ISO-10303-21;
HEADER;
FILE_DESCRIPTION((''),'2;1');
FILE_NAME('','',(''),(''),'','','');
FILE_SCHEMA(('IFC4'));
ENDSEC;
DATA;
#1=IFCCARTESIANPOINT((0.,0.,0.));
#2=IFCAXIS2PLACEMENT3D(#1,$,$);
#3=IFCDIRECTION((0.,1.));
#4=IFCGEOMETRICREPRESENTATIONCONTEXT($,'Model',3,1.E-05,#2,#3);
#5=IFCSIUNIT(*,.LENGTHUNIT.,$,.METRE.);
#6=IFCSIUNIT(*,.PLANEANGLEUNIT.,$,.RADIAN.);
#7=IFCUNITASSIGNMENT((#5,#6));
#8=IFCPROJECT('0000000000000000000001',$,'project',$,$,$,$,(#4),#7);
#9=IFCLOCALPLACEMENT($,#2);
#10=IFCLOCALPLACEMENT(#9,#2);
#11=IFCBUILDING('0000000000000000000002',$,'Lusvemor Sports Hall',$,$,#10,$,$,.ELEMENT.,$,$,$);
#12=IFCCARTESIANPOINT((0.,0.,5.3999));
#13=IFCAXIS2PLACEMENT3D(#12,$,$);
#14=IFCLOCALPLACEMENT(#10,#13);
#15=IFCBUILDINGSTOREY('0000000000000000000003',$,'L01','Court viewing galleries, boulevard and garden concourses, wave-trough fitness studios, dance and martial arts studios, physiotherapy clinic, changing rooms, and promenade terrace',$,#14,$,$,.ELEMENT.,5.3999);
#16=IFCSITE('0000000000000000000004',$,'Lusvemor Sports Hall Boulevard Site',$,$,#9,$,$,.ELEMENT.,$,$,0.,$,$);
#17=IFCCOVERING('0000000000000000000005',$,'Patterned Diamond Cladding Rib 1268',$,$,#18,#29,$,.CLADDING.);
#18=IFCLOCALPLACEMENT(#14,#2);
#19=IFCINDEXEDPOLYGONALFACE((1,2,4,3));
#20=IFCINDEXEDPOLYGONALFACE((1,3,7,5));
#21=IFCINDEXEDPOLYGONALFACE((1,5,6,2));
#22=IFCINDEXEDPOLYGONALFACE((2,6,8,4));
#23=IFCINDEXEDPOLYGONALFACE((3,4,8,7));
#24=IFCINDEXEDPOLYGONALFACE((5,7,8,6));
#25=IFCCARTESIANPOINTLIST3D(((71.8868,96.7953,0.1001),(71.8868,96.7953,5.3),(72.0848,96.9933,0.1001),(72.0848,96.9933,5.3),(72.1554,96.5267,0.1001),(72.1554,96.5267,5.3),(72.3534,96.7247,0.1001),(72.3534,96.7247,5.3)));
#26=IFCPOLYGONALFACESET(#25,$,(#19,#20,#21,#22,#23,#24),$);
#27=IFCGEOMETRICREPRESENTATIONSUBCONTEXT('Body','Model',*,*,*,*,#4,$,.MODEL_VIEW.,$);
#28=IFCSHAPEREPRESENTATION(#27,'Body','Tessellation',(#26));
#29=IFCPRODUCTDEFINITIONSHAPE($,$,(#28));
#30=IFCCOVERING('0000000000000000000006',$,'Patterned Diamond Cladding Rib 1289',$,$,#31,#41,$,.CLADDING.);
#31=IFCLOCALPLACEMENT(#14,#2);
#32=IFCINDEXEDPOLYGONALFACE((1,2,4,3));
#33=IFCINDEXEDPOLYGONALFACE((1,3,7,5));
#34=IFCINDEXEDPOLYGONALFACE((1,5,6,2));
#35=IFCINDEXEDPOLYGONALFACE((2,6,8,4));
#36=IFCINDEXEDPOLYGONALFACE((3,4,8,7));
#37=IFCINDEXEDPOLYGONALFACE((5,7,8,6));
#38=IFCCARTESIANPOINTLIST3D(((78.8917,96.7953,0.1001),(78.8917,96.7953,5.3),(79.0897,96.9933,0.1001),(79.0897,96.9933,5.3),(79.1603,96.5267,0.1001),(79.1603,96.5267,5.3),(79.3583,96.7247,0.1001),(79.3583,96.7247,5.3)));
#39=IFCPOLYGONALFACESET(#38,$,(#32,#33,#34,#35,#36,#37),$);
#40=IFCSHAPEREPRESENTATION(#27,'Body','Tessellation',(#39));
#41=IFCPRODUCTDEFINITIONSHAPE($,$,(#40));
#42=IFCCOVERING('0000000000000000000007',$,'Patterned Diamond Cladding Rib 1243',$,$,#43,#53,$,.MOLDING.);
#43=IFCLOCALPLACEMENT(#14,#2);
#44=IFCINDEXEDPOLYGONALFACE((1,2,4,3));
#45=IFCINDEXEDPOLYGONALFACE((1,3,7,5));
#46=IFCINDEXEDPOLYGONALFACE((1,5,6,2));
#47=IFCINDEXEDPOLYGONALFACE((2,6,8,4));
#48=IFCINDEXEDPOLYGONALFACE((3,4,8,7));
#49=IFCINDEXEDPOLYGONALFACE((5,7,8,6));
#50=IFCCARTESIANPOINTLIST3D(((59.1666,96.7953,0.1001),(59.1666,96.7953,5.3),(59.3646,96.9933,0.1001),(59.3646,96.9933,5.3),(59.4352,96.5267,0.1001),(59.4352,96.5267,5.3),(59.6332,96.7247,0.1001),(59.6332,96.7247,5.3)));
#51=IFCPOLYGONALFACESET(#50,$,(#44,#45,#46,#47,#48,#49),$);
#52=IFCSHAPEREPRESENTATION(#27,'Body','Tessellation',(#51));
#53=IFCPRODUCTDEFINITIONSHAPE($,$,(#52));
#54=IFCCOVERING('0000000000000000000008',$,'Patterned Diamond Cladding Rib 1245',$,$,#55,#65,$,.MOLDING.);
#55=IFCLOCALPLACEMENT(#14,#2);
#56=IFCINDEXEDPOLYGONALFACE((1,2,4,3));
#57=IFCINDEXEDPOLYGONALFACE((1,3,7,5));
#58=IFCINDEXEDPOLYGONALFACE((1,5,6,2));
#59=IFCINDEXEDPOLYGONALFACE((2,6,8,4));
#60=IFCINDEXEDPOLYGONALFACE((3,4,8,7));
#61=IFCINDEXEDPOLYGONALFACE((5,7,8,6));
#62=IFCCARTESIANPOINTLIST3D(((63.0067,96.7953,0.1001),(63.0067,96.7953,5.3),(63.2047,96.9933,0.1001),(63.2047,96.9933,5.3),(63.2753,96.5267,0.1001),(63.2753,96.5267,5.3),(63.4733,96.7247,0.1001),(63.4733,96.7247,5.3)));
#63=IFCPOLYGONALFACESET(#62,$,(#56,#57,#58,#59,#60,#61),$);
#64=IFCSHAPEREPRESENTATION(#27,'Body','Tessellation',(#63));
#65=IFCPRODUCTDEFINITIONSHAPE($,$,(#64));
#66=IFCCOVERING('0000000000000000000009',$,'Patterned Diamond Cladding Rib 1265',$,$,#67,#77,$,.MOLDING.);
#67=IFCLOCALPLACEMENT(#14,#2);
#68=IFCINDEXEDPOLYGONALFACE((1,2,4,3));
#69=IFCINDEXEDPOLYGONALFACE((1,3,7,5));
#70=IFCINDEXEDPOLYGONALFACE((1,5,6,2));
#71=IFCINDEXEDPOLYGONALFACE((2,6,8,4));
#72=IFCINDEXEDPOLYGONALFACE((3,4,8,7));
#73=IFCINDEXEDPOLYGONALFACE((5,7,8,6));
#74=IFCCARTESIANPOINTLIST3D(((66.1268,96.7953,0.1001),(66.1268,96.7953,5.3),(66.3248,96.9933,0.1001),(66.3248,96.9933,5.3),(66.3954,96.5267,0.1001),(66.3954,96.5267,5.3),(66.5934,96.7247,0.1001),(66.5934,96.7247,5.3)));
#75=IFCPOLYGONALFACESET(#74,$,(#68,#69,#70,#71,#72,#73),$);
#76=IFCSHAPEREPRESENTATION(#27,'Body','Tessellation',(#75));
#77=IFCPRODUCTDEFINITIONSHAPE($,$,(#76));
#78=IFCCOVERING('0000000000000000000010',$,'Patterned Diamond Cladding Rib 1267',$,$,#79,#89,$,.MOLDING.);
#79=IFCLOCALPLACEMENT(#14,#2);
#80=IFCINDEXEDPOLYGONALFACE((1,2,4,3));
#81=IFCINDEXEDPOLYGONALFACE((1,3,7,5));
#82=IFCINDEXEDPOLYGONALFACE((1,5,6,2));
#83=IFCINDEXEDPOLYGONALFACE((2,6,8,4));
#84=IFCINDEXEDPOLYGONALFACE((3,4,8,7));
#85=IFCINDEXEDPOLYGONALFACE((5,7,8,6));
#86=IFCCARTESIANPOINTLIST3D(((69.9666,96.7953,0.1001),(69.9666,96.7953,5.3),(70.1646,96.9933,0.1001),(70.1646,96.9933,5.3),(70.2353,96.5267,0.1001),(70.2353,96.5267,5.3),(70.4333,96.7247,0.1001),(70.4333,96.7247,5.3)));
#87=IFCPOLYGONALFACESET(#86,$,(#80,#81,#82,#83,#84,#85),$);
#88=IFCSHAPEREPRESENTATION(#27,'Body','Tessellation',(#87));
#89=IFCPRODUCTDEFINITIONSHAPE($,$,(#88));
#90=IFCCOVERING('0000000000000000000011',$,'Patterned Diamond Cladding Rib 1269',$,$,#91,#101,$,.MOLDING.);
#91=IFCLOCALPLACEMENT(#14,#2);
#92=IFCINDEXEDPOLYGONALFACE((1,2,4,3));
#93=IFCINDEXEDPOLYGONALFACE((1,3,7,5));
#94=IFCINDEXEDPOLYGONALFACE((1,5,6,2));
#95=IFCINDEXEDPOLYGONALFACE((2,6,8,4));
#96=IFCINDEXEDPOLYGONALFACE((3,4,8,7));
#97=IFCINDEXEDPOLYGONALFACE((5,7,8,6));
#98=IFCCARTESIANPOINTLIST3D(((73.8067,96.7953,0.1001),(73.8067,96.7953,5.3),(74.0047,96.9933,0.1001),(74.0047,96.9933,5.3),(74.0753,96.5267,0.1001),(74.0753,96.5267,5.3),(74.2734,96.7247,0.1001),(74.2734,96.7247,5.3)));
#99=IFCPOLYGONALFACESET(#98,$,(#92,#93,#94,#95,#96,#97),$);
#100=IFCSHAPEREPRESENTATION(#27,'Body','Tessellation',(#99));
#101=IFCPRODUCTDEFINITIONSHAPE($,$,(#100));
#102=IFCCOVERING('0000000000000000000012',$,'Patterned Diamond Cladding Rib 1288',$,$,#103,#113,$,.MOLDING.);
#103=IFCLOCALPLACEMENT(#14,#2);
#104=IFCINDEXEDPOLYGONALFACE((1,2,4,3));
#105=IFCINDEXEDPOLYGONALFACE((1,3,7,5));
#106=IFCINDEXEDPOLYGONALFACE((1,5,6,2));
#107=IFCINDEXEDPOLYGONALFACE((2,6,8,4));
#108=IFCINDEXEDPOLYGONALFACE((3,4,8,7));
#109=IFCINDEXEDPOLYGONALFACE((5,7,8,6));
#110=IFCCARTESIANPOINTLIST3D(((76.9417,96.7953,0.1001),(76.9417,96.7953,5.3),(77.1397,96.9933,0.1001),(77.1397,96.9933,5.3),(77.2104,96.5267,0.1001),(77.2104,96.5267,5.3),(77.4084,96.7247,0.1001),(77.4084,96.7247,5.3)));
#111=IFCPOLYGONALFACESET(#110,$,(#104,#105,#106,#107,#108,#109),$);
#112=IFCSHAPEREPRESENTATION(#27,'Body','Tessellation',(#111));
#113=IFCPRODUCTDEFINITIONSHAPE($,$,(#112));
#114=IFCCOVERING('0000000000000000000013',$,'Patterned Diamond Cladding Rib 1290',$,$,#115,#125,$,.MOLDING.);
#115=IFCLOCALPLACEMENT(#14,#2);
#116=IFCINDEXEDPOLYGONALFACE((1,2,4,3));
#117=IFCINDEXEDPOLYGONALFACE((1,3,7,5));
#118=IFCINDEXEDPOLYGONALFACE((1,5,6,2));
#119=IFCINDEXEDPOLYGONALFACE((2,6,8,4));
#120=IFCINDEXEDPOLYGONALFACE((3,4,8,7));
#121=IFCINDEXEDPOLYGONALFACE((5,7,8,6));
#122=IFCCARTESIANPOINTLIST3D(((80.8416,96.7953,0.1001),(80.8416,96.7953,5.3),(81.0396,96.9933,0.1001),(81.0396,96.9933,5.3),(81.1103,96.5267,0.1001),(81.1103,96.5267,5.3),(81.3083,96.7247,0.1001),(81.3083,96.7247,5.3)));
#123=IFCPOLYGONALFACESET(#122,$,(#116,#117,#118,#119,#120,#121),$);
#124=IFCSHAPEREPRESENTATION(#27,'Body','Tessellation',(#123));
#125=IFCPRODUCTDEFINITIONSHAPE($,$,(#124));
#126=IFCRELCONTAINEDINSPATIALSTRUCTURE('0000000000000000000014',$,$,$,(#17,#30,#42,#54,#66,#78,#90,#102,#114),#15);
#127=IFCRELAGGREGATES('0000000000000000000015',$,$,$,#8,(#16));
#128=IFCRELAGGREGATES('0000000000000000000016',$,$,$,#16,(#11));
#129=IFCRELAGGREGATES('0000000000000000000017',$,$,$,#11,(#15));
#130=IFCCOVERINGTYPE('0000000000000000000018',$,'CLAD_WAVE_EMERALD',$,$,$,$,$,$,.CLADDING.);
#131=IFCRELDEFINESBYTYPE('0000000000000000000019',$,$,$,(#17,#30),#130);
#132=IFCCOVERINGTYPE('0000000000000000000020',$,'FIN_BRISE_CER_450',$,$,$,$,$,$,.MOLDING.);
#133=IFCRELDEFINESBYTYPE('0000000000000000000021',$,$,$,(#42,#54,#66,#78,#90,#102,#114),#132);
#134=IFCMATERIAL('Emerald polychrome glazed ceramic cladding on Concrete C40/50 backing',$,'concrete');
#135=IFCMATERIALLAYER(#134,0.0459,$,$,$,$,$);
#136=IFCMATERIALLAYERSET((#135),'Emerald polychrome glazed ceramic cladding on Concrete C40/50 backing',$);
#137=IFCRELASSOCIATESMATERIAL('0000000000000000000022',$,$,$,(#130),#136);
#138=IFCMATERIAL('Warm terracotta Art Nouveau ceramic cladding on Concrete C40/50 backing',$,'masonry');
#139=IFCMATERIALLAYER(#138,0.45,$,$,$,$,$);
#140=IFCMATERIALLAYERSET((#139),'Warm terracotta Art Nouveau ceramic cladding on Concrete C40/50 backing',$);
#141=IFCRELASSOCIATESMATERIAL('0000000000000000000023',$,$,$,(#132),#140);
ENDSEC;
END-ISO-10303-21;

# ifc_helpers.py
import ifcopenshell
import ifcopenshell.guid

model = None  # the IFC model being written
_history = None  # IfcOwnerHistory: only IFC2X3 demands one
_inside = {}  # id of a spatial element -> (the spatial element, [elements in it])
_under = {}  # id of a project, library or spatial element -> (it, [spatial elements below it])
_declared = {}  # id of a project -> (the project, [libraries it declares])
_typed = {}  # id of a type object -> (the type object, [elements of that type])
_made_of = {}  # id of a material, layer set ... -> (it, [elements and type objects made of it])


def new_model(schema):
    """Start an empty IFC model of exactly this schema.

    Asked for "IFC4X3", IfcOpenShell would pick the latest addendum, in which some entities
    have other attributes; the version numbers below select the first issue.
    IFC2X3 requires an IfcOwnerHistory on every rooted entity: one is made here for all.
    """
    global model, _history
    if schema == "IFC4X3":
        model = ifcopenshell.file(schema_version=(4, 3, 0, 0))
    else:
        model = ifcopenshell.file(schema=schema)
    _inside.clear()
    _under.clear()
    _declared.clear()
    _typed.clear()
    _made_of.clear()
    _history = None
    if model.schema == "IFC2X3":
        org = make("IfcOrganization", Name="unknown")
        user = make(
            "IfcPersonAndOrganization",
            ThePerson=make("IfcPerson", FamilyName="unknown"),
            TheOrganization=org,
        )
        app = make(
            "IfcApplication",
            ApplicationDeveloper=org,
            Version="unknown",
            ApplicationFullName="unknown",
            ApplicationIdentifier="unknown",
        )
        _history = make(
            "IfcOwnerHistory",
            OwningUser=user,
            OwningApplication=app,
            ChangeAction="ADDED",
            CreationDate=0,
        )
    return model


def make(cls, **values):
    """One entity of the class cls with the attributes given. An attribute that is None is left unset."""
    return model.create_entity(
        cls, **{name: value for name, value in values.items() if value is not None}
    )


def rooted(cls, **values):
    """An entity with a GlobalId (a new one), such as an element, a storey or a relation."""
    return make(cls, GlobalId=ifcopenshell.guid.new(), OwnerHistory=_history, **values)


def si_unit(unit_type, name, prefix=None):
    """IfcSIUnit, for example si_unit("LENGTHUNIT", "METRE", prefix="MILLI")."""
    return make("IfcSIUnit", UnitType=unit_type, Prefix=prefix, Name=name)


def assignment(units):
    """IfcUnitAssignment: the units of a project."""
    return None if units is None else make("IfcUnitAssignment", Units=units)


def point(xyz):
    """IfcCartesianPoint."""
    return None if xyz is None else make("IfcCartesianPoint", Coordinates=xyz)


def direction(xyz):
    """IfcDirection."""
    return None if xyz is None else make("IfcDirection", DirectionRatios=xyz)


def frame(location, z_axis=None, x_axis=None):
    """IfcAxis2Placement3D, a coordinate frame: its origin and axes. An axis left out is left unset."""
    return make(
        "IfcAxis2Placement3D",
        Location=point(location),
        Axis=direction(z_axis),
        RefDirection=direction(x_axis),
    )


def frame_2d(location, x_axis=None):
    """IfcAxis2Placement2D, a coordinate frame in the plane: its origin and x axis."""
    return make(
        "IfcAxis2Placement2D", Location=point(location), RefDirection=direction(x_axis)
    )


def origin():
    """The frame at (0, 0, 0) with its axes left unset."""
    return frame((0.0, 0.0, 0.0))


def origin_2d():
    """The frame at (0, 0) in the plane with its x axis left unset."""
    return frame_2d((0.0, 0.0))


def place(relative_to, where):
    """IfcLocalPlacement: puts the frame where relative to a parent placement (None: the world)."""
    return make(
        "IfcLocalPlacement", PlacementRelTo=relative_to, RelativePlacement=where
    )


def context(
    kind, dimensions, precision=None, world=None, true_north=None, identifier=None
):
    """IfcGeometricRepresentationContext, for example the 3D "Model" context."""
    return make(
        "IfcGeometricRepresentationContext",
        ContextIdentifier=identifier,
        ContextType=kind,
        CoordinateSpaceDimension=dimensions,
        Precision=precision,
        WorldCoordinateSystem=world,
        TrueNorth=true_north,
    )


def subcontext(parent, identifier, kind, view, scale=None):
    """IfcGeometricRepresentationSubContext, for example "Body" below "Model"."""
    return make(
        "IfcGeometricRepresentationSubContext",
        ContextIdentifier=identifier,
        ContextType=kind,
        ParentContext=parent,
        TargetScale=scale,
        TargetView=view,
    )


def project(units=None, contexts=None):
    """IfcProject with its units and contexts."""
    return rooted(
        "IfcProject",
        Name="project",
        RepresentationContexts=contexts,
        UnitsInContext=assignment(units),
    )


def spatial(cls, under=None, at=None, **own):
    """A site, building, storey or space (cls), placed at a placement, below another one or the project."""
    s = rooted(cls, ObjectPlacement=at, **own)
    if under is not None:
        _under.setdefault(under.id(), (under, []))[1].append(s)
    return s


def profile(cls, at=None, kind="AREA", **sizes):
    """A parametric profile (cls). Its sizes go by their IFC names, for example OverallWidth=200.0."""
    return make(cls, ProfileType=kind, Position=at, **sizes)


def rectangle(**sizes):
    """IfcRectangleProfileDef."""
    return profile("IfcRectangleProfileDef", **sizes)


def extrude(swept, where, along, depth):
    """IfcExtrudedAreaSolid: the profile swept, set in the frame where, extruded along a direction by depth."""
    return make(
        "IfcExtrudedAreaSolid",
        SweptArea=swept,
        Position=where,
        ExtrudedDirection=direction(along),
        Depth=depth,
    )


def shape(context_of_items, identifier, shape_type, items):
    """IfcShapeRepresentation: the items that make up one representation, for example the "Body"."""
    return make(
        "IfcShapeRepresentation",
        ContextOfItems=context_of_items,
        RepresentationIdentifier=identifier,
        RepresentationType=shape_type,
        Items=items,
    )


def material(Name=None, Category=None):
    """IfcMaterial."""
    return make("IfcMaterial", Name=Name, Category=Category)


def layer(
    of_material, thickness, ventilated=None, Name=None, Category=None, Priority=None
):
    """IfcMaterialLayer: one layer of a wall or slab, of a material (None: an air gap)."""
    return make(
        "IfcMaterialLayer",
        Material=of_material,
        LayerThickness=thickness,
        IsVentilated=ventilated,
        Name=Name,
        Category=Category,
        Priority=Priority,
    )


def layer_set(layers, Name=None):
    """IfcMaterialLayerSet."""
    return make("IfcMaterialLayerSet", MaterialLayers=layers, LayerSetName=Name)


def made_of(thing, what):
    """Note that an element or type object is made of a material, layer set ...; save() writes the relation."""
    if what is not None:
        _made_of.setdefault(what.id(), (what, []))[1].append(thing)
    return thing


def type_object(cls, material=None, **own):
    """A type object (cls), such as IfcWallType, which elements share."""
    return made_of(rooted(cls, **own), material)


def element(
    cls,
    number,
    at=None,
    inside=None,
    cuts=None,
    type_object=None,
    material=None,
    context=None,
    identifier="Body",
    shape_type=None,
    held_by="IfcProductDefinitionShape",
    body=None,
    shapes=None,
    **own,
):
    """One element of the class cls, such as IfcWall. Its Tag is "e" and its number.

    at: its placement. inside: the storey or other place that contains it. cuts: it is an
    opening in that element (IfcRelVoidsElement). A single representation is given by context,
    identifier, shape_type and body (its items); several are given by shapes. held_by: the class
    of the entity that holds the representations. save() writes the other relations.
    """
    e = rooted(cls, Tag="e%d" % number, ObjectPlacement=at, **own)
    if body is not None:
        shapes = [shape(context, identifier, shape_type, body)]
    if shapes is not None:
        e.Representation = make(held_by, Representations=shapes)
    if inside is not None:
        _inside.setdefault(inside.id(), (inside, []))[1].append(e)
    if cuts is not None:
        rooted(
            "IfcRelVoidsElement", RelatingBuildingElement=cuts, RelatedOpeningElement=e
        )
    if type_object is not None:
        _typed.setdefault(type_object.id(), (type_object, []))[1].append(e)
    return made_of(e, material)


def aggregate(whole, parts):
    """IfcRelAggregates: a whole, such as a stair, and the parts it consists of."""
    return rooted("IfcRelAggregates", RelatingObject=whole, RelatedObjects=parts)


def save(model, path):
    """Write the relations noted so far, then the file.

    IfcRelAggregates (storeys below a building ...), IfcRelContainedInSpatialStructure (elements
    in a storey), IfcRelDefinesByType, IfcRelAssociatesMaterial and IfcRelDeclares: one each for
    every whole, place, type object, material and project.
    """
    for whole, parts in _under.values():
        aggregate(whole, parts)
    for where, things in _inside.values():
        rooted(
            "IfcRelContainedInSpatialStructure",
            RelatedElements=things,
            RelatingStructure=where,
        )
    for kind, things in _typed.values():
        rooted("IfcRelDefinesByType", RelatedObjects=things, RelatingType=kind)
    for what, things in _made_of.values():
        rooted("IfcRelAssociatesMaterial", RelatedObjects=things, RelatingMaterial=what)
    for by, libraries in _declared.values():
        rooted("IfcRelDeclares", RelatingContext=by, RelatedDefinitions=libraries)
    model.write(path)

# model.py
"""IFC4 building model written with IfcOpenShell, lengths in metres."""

from ifc_helpers import new_model, si_unit, direction, frame, origin, origin_2d, place, context, subcontext, project, spatial, rectangle, extrude, material, layer, layer_set, type_object, element, save


model = new_model("IFC4")

# Units and contexts
model_context = context("Model", 3, precision=1e-05, world=origin(), true_north=direction((0.0, 1.0)))
body_context = subcontext(model_context, "Body", "Model", "MODEL_VIEW")
ifc_project = project(units=[si_unit("LENGTHUNIT", "METRE"), si_unit("PLANEANGLEUNIT", "RADIAN")], contexts=[model_context])

# Site, building, storey
site_placement = place(None, origin())
site = spatial("IfcSite", under=ifc_project, at=site_placement, Name="Lusvemor Sports Hall Boulevard Site", CompositionType="ELEMENT", RefElevation=0.0)
building_placement = place(site_placement, origin())
building = spatial("IfcBuilding", under=site, at=building_placement, Name="Lusvemor Sports Hall", CompositionType="ELEMENT")
storey_placement = place(building_placement, frame((0.0, 0.0, 5.3999)))
storey = spatial("IfcBuildingStorey", under=building, at=storey_placement, Name="L01", Description="Court viewing galleries, boulevard and garden concourses, wave-trough fitness studios, dance and martial arts studios, physiotherapy clinic, changing rooms, and promenade terrace", CompositionType="ELEMENT", Elevation=5.3999)

# Coverings
ifc_material_1 = material(Name="Emerald polychrome glazed ceramic cladding on Concrete C40/50 backing", Category="concrete")
ifc_layer_1 = layer(ifc_material_1, 0.0459)
ifc_layer_set_1 = layer_set([ifc_layer_1], Name="Emerald polychrome glazed ceramic cladding on Concrete C40/50 backing")
covering_type_1 = type_object("IfcCoveringType", Name="CLAD_WAVE_EMERALD", PredefinedType="CLADDING", material=ifc_layer_set_1)
for number, where, z_axis, x_axis, name in (
    (1, (72.1201, 96.76, 0.1001), (0.0, 0.0, 1.0), (0.707107, 0.707107, 0.0), "Patterned Diamond Cladding Rib 1268"),
    (2, (79.125, 96.76, 0.1001), (0.0, 0.0, 1.0), (0.707107, 0.707107, 0.0), "Patterned Diamond Cladding Rib 1289"),
):
    element("IfcCovering", number, at=place(storey_placement, frame(where, z_axis=z_axis, x_axis=x_axis)), inside=storey, type_object=covering_type_1, Name=name, PredefinedType="CLADDING", context=body_context, shape_type="SweptSolid", body=[
        extrude(rectangle(XDim=0.28, YDim=0.3799, at=origin_2d()), origin(), (0.0, 0.0, 1.0), 5.2),
    ])
ifc_material_2 = material(Name="Warm terracotta Art Nouveau ceramic cladding on Concrete C40/50 backing", Category="masonry")
ifc_layer_2 = layer(ifc_material_2, 0.45)
ifc_layer_set_2 = layer_set([ifc_layer_2], Name="Warm terracotta Art Nouveau ceramic cladding on Concrete C40/50 backing")
covering_type_2 = type_object("IfcCoveringType", Name="FIN_BRISE_CER_450", PredefinedType="MOLDING", material=ifc_layer_set_2)
for number, where, z_axis, x_axis, name in (
    (3, (59.3999, 96.76, 0.1001), (0.0, 0.0, 1.0), (0.707107, 0.707107, 0.0), "Patterned Diamond Cladding Rib 1243"),
    (4, (63.24, 96.76, 0.1001), (0.0, 0.0, 1.0), (0.707107, 0.707107, 0.0), "Patterned Diamond Cladding Rib 1245"),
    (5, (66.3601, 96.76, 0.1001), (0.0, 0.0, 1.0), (0.707107, 0.707107, 0.0), "Patterned Diamond Cladding Rib 1265"),
    (6, (70.2, 96.76, 0.1001), (0.0, 0.0, 1.0), (0.707107, 0.707107, 0.0), "Patterned Diamond Cladding Rib 1267"),
    (7, (74.04, 96.76, 0.1001), (0.0, 0.0, 1.0), (0.707107, 0.707107, 0.0), "Patterned Diamond Cladding Rib 1269"),
    (8, (77.175, 96.76, 0.1001), (0.0, 0.0, 1.0), (0.707107, 0.707107, 0.0), "Patterned Diamond Cladding Rib 1288"),
    (9, (81.075, 96.76, 0.1001), (0.0, 0.0, 1.0), (0.707107, 0.707107, 0.0), "Patterned Diamond Cladding Rib 1290"),
):
    element("IfcCovering", number, at=place(storey_placement, frame(where, z_axis=z_axis, x_axis=x_axis)), inside=storey, type_object=covering_type_2, Name=name, PredefinedType="MOLDING", context=body_context, shape_type="SweptSolid", body=[
        extrude(rectangle(XDim=0.28, YDim=0.3799, at=origin_2d()), origin(), (0.0, 0.0, 1.0), 5.2),
    ])

save(model, "model.ifc")
